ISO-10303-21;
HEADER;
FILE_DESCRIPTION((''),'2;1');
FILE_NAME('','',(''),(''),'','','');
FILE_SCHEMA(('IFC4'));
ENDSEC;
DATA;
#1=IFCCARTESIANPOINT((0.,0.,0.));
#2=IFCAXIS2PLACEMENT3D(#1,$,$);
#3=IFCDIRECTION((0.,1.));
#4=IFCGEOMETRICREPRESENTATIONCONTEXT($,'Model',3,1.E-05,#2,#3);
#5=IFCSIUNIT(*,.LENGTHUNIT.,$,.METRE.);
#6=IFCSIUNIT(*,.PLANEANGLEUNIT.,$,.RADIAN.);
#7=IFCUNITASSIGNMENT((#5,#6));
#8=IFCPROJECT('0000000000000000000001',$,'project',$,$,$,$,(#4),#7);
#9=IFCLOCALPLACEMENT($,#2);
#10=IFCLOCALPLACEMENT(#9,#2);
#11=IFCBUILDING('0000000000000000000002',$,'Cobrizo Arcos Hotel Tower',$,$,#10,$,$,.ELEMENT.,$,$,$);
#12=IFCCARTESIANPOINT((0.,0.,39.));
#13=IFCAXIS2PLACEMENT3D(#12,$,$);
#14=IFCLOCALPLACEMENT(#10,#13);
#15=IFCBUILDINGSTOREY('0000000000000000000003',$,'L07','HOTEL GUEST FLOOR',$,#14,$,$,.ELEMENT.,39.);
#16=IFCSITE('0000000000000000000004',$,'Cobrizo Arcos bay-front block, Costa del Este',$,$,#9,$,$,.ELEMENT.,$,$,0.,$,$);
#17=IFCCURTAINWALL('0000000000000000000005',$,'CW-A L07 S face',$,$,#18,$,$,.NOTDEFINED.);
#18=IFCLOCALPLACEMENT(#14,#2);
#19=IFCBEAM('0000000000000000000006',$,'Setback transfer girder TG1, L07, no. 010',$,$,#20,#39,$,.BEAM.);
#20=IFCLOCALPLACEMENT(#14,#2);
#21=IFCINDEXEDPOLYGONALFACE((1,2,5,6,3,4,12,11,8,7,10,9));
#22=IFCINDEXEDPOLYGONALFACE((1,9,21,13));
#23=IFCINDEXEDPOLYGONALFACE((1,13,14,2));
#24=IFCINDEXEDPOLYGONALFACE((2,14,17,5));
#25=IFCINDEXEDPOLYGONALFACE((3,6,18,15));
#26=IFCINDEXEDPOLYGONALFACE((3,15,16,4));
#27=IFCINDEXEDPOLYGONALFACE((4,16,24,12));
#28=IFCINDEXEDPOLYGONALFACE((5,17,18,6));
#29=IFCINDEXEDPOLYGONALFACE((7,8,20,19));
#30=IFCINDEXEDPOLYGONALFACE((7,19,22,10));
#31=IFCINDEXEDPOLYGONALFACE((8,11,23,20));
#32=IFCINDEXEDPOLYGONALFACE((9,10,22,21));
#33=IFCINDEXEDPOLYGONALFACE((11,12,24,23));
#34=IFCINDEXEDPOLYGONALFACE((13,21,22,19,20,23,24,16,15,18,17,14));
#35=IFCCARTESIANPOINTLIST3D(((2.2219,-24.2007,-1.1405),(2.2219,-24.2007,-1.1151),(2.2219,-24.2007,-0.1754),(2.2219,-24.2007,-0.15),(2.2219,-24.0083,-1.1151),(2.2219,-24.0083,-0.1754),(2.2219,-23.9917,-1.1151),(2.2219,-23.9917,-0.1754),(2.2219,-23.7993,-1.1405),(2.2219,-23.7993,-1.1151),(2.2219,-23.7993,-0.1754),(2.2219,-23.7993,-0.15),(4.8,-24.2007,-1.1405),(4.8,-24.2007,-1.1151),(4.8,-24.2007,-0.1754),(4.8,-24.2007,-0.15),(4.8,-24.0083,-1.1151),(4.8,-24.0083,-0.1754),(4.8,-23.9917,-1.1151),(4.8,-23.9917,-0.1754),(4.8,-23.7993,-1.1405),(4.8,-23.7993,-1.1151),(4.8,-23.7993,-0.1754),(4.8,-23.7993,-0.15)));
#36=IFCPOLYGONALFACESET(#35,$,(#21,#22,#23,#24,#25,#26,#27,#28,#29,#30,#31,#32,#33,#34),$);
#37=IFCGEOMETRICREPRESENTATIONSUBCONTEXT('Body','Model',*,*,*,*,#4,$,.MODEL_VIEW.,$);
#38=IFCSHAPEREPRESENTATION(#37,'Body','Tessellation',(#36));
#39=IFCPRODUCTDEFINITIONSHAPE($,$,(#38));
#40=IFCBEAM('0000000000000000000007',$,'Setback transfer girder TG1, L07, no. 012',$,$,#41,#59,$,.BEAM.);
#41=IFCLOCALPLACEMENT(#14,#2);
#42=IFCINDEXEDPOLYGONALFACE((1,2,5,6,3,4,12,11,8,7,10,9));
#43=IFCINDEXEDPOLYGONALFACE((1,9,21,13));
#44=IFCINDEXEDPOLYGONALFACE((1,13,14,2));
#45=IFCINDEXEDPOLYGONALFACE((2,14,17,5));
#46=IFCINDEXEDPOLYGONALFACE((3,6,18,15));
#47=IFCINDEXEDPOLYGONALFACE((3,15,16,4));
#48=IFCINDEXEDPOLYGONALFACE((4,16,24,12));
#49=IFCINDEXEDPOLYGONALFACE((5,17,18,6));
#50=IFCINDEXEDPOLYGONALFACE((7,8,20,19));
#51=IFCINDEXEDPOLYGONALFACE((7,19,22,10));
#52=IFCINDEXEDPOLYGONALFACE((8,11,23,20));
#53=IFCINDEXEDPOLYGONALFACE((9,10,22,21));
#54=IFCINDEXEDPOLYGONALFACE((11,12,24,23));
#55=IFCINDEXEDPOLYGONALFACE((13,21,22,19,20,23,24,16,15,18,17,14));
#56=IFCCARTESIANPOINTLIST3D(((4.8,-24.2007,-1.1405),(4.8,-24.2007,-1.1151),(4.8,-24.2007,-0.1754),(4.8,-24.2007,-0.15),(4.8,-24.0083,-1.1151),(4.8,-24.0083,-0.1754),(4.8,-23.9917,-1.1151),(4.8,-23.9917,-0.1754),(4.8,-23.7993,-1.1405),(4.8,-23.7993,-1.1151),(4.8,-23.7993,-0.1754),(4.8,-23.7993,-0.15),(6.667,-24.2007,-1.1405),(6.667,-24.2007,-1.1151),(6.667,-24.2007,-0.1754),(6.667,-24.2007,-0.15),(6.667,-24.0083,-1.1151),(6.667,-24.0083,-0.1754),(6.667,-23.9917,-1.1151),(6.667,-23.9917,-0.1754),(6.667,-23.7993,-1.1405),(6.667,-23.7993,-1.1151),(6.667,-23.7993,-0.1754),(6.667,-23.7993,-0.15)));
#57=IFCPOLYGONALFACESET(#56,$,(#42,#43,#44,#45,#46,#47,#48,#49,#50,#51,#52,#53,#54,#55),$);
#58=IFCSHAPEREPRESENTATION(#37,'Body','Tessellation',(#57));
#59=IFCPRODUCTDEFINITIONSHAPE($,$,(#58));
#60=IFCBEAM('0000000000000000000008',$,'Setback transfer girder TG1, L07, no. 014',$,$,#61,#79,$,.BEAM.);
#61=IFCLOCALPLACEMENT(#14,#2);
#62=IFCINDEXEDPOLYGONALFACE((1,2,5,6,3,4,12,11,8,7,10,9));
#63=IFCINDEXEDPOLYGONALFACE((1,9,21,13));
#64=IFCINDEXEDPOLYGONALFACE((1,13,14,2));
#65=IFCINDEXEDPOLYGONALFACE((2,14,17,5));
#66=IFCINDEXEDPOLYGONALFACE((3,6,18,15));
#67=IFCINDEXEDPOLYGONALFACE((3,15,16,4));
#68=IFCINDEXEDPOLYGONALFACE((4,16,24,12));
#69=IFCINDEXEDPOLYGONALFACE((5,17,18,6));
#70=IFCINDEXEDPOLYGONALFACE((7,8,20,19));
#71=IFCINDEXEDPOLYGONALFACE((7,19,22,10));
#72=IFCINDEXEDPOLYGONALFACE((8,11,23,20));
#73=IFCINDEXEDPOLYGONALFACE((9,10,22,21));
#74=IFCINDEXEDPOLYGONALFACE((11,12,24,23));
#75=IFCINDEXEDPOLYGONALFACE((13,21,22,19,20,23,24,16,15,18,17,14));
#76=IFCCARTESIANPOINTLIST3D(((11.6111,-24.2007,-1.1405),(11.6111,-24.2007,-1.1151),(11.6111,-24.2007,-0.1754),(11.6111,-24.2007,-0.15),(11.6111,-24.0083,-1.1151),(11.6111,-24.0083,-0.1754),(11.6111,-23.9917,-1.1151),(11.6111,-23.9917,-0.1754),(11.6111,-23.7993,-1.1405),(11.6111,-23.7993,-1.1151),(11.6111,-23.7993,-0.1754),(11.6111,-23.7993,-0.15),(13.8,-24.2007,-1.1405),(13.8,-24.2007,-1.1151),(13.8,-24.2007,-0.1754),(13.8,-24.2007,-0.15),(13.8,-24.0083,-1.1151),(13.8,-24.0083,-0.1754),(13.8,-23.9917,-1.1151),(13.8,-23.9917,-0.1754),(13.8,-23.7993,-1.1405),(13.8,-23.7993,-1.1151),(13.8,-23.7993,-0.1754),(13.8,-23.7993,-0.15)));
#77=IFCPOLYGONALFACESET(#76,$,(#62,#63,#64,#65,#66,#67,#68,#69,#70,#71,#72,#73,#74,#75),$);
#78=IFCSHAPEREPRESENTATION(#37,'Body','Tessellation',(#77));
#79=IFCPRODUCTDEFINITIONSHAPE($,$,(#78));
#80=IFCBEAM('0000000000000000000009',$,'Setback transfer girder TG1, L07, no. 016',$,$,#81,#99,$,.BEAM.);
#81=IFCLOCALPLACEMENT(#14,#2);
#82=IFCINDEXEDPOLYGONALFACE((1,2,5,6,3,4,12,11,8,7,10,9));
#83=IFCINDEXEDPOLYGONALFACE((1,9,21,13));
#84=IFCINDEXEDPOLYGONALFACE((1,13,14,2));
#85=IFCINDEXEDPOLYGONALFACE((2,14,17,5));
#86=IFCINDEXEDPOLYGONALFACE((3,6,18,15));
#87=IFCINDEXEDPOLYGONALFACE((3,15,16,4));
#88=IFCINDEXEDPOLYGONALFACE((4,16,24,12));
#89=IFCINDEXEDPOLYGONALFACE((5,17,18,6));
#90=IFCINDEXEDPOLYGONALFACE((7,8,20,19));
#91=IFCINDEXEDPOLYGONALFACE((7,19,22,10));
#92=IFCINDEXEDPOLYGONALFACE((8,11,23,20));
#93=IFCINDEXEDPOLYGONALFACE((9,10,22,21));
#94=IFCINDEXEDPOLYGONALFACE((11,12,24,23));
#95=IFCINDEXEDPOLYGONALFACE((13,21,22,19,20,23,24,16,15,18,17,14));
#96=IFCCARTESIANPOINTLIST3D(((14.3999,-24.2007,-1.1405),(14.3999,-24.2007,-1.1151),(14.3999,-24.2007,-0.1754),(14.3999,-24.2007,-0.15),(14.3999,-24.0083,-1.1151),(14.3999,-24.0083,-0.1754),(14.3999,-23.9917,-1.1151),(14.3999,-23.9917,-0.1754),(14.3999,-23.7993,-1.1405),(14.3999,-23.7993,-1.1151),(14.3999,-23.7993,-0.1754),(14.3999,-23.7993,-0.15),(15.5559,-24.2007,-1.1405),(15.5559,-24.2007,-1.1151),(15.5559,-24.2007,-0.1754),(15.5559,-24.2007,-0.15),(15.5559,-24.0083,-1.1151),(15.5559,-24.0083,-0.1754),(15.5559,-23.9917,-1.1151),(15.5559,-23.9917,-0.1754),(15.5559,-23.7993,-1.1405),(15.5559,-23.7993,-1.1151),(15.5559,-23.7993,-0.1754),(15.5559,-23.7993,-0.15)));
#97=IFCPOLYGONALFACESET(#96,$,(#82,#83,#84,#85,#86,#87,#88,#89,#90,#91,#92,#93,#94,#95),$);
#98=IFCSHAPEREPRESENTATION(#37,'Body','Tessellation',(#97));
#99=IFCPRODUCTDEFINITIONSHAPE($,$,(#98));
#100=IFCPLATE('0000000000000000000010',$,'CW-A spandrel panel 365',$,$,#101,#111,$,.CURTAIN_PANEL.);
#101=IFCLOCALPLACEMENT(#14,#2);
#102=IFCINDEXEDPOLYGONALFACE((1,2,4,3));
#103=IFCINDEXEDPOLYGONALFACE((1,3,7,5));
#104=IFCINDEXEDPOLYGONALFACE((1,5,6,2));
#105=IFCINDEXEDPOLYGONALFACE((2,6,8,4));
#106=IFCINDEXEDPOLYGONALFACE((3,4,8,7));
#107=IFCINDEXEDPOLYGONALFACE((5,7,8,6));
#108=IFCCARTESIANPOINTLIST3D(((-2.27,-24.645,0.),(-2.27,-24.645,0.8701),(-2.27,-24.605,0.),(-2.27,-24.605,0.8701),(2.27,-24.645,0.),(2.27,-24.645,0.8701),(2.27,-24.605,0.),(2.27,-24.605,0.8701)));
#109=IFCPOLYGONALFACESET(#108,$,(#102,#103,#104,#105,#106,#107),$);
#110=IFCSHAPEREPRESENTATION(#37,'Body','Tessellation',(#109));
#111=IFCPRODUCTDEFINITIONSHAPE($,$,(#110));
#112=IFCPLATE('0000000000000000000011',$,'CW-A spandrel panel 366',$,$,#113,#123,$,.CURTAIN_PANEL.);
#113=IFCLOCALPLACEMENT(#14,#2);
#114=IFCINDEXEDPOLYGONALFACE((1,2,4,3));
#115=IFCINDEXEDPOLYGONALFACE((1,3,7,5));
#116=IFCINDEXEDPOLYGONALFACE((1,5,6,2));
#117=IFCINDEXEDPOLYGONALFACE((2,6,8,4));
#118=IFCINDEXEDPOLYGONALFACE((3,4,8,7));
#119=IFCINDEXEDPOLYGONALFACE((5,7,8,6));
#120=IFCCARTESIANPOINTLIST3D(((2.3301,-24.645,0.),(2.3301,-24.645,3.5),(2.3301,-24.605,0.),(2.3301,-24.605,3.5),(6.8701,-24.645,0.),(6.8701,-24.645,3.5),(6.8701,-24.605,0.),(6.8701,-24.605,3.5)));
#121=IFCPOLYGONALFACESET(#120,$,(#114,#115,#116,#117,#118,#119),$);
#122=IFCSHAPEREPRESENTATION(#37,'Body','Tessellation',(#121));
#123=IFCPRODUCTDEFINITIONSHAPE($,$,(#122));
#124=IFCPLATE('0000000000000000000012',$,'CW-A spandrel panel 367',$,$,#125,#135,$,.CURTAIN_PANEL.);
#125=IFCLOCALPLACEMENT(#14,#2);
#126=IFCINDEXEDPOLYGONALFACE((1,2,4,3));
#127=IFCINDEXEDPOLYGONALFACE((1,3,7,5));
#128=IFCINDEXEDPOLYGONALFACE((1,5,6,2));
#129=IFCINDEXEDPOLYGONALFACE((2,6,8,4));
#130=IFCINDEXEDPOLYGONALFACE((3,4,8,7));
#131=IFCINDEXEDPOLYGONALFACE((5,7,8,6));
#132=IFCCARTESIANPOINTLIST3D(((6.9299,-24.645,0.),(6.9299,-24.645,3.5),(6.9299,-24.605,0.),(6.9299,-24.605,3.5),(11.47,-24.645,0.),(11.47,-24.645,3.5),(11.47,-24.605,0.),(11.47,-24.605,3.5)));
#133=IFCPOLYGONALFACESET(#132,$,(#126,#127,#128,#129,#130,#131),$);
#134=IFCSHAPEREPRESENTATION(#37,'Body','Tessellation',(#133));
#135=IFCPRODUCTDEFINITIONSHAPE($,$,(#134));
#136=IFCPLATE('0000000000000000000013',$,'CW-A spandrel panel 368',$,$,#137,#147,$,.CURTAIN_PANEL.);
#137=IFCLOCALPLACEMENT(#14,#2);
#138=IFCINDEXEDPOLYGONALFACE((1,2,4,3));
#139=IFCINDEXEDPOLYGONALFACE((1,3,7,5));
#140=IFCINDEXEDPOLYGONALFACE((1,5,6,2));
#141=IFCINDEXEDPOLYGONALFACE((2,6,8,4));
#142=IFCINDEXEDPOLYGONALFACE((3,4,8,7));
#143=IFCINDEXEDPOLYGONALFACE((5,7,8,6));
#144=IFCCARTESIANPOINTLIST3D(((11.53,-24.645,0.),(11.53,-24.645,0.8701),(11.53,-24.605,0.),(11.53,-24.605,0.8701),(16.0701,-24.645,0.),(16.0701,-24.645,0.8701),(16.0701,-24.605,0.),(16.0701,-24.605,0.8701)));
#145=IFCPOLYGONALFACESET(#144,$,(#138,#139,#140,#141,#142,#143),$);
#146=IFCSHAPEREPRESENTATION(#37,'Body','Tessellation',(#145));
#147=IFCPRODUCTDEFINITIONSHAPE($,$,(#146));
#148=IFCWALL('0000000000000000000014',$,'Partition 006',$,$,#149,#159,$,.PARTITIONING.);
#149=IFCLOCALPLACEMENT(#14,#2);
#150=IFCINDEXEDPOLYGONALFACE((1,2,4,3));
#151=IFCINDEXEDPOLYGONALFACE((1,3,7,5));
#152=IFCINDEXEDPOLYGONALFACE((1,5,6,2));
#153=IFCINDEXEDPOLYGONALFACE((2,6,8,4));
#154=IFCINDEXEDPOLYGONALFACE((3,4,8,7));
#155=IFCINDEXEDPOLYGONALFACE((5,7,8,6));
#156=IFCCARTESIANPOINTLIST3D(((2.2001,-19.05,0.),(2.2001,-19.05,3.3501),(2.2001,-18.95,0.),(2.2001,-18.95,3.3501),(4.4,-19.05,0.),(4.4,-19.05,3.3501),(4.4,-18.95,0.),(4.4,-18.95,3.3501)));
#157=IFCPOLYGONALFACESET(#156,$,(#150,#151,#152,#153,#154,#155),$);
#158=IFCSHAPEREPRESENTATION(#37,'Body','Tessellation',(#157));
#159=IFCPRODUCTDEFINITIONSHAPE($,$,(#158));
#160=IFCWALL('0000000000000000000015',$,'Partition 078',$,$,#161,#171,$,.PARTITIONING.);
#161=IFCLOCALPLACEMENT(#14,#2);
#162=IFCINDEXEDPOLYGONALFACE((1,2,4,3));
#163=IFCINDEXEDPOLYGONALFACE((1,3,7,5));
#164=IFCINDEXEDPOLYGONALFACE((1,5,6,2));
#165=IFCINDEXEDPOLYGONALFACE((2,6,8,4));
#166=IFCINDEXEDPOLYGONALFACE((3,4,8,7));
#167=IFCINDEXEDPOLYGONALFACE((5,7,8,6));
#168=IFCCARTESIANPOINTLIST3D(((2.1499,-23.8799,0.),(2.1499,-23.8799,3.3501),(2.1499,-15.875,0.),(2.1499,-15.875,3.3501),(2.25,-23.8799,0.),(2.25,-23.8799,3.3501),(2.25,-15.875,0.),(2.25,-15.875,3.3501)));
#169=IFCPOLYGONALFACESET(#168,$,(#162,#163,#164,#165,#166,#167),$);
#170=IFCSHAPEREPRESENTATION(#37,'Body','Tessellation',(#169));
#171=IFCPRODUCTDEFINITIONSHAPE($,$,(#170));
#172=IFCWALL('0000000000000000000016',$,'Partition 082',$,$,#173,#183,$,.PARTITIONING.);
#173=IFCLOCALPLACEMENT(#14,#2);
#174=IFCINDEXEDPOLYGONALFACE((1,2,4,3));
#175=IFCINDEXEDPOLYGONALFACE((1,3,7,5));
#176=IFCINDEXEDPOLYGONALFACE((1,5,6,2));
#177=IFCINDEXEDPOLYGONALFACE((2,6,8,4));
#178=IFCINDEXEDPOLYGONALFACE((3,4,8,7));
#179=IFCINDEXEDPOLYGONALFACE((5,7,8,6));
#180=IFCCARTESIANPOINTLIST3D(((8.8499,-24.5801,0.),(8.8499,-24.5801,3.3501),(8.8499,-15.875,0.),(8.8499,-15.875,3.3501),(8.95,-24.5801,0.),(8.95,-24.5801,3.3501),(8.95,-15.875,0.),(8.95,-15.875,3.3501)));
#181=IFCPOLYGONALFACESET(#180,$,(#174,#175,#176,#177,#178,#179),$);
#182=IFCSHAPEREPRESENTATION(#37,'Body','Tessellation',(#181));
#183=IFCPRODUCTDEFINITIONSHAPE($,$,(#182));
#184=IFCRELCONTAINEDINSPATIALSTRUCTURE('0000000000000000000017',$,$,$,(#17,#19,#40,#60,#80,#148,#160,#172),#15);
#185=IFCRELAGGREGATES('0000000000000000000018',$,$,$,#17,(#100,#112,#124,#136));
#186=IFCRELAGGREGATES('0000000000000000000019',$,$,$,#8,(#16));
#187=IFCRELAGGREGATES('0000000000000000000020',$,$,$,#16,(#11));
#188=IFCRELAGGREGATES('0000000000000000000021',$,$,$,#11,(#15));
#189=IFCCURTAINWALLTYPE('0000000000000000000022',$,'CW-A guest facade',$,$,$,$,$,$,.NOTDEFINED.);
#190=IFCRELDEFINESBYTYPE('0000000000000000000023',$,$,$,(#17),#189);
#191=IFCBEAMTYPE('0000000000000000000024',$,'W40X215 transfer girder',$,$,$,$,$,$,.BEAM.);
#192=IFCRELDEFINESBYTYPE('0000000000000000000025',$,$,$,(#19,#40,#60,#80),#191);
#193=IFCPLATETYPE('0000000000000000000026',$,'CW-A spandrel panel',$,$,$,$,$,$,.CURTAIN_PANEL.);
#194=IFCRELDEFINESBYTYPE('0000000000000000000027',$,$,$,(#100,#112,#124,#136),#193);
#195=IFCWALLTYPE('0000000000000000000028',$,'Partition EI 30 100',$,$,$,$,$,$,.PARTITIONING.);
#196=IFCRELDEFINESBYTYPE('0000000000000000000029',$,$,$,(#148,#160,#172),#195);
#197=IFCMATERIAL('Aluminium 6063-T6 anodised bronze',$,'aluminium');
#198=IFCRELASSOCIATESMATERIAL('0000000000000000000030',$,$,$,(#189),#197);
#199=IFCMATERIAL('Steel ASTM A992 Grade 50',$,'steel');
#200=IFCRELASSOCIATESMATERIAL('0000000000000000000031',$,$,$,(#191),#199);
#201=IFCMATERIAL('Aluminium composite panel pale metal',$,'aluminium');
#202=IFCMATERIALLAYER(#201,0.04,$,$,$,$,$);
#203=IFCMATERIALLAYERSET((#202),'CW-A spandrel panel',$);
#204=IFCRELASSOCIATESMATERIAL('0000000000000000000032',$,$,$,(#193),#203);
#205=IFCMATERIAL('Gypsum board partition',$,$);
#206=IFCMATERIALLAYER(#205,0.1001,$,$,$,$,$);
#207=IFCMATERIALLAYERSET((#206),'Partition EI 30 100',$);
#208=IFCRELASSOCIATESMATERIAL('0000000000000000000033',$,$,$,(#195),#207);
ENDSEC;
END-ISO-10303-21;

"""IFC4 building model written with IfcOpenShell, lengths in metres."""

from ifc_helpers import new_model, si_unit, direction, frame, frame_2d, origin, origin_2d, place, context, subcontext, project, spatial, rectangle, i_section, extrude, material, layer, layer_set, material_profile, profile_set, type_object, element, aggregate, save


model = new_model("IFC4")

# Units and contexts
model_context = context("Model", 3, precision=1e-05, world=origin(), true_north=direction((0.0, 1.0)))
body_context = subcontext(model_context, "Body", "Model", "MODEL_VIEW")
ifc_project = project(units=[si_unit("LENGTHUNIT", "METRE"), si_unit("PLANEANGLEUNIT", "RADIAN")], contexts=[model_context])

# Site, building, storey
site_placement = place(None, origin())
site = spatial("IfcSite", under=ifc_project, at=site_placement, Name="Cobrizo Arcos bay-front block, Costa del Este", CompositionType="ELEMENT", RefElevation=0.0)
building_placement = place(site_placement, origin())
building = spatial("IfcBuilding", under=site, at=building_placement, Name="Cobrizo Arcos Hotel Tower", CompositionType="ELEMENT")
storey_placement = place(building_placement, frame((0.0, 0.0, 39.0)))
storey = spatial("IfcBuildingStorey", under=building, at=storey_placement, Name="L07", Description="HOTEL GUEST FLOOR", CompositionType="ELEMENT", Elevation=39.0)

# Shared definitions
ifc_material_1 = material(Name="Steel ASTM A992 Grade 50", Category="steel")

# Curtain wall
ifc_material_2 = material(Name="Aluminium 6063-T6 anodised bronze", Category="aluminium")
curtain_wall_type = type_object("IfcCurtainWallType", Name="CW-A guest facade", PredefinedType="NOTDEFINED", material=ifc_material_2)
curtain_wall_placement = place(storey_placement, origin())
curtain_wall = element("IfcCurtainWall", 1, at=curtain_wall_placement, inside=storey, type_object=curtain_wall_type, Name="CW-A L07 S face", PredefinedType="NOTDEFINED")

# Beams
ifc_material_profile_1 = material_profile(ifc_material_1, i_section(OverallWidth=0.4014, OverallDepth=0.9905, WebThickness=0.0166, FlangeThickness=0.0254, at=origin_2d()), Name="W40X215")
ifc_profile_set_1 = profile_set([ifc_material_profile_1], Name="Steel ASTM A992 Grade 50")
beam_type_1 = type_object("IfcBeamType", Name="W40X215 transfer girder", PredefinedType="BEAM", material=ifc_profile_set_1)
beam_1_placement = place(storey_placement, frame((4.8, -24.0, -0.6453), z_axis=(-1.0, 0.0, 0.0), x_axis=(0.0, -1.0, 0.0)))
element("IfcBeam", 2, at=beam_1_placement, inside=storey, type_object=beam_type_1, Name="Setback transfer girder TG1, L07, no. 010", PredefinedType="BEAM", context=body_context, shape_type="SweptSolid", body=[
    extrude(i_section(OverallWidth=0.4014, OverallDepth=0.9905, WebThickness=0.0166, FlangeThickness=0.0254, at=origin_2d()), origin(), (0.0, 0.0, 1.0), 2.5781),
])
beam_2_placement = place(storey_placement, frame((4.8, -24.0, -0.6453), z_axis=(1.0, 0.0, 0.0), x_axis=(0.0, 1.0, 0.0)))
element("IfcBeam", 3, at=beam_2_placement, inside=storey, type_object=beam_type_1, Name="Setback transfer girder TG1, L07, no. 012", PredefinedType="BEAM", context=body_context, shape_type="SweptSolid", body=[
    extrude(i_section(OverallWidth=0.4014, OverallDepth=0.9905, WebThickness=0.0166, FlangeThickness=0.0254, at=origin_2d()), origin(), (0.0, 0.0, 1.0), 1.8669),
])
beam_3_placement = place(storey_placement, frame((13.8, -24.0, -0.6453), z_axis=(-1.0, 0.0, 0.0), x_axis=(0.0, -1.0, 0.0)))
element("IfcBeam", 4, at=beam_3_placement, inside=storey, type_object=beam_type_1, Name="Setback transfer girder TG1, L07, no. 014", PredefinedType="BEAM", context=body_context, shape_type="SweptSolid", body=[
    extrude(i_section(OverallWidth=0.4014, OverallDepth=0.9905, WebThickness=0.0166, FlangeThickness=0.0254, at=origin_2d()), origin(), (0.0, 0.0, 1.0), 2.189),
])
beam_4_placement = place(storey_placement, frame((14.3999, -24.0, -0.6453), z_axis=(1.0, 0.0, 0.0), x_axis=(0.0, 1.0, 0.0)))
element("IfcBeam", 5, at=beam_4_placement, inside=storey, type_object=beam_type_1, Name="Setback transfer girder TG1, L07, no. 016", PredefinedType="BEAM", context=body_context, shape_type="SweptSolid", body=[
    extrude(i_section(OverallWidth=0.4014, OverallDepth=0.9905, WebThickness=0.0166, FlangeThickness=0.0254, at=origin_2d()), origin(), (0.0, 0.0, 1.0), 1.156),
])

# Plates
ifc_material_3 = material(Name="Aluminium composite panel pale metal", Category="aluminium")
ifc_layer_1 = layer(ifc_material_3, 0.04)
ifc_layer_set_1 = layer_set([ifc_layer_1], Name="CW-A spandrel panel")
plate_type = type_object("IfcPlateType", Name="CW-A spandrel panel", PredefinedType="CURTAIN_PANEL", material=ifc_layer_set_1)
plate_1_placement = place(storey_placement, frame((0.0, -24.625, 0.0), z_axis=(0.0, 0.0, 1.0), x_axis=(1.0, 0.0, 0.0)))
plate_1 = element("IfcPlate", 6, at=plate_1_placement, type_object=plate_type, Name="CW-A spandrel panel 365", PredefinedType="CURTAIN_PANEL", context=body_context, shape_type="SweptSolid", body=[
    extrude(rectangle(XDim=4.54, YDim=0.04, at=origin_2d()), origin(), (0.0, 0.0, 1.0), 0.8701),
])
plate_2_placement = place(storey_placement, frame((4.6001, -24.625, 0.0), z_axis=(0.0, 0.0, 1.0), x_axis=(1.0, 0.0, 0.0)))
plate_2 = element("IfcPlate", 7, at=plate_2_placement, type_object=plate_type, Name="CW-A spandrel panel 366", PredefinedType="CURTAIN_PANEL", context=body_context, shape_type="SweptSolid", body=[
    extrude(rectangle(XDim=4.54, YDim=0.04, at=origin_2d()), origin(), (0.0, 0.0, 1.0), 3.5),
])
plate_3_placement = place(storey_placement, frame((9.2, -24.625, 0.0), z_axis=(0.0, 0.0, 1.0), x_axis=(1.0, 0.0, 0.0)))
plate_3 = element("IfcPlate", 8, at=plate_3_placement, type_object=plate_type, Name="CW-A spandrel panel 367", PredefinedType="CURTAIN_PANEL", context=body_context, shape_type="SweptSolid", body=[
    extrude(rectangle(XDim=4.54, YDim=0.04, at=origin_2d()), origin(), (0.0, 0.0, 1.0), 3.5),
])
plate_4_placement = place(storey_placement, frame((13.8, -24.625, 0.0), z_axis=(0.0, 0.0, 1.0), x_axis=(1.0, 0.0, 0.0)))
plate_4 = element("IfcPlate", 9, at=plate_4_placement, type_object=plate_type, Name="CW-A spandrel panel 368", PredefinedType="CURTAIN_PANEL", context=body_context, shape_type="SweptSolid", body=[
    extrude(rectangle(XDim=4.54, YDim=0.04, at=origin_2d()), origin(), (0.0, 0.0, 1.0), 0.8701),
])
aggregate(curtain_wall, [plate_1, plate_2, plate_3, plate_4])

# Walls
ifc_material_4 = material(Name="Gypsum board partition")
ifc_layer_2 = layer(ifc_material_4, 0.1001)
ifc_layer_set_2 = layer_set([ifc_layer_2], Name="Partition EI 30 100")
wall_type = type_object("IfcWallType", Name="Partition EI 30 100", PredefinedType="PARTITIONING", material=ifc_layer_set_2)
wall_1_placement = place(storey_placement, frame((2.2, -19.0, 0.0), z_axis=(0.0, 0.0, 1.0), x_axis=(1.0, 0.0, 0.0)))
element("IfcWall", 10, at=wall_1_placement, inside=storey, type_object=wall_type, Name="Partition 006", PredefinedType="PARTITIONING", context=body_context, shape_type="SweptSolid", body=[
    extrude(rectangle(XDim=2.2, YDim=0.1001, at=frame_2d((1.1001, 0.0))), origin(), (0.0, 0.0, 1.0), 3.3501),
])
wall_2_placement = place(storey_placement, frame((2.2, -23.8799, 0.0), z_axis=(0.0, 0.0, 1.0), x_axis=(0.0, 1.0, 0.0)))
element("IfcWall", 11, at=wall_2_placement, inside=storey, type_object=wall_type, Name="Partition 078", PredefinedType="PARTITIONING", context=body_context, shape_type="SweptSolid", body=[
    extrude(rectangle(XDim=8.0049, YDim=0.1001, at=frame_2d((4.0024, 0.0))), origin(), (0.0, 0.0, 1.0), 3.3501),
])
wall_3_placement = place(storey_placement, frame((8.8999, -24.5801, 0.0), z_axis=(0.0, 0.0, 1.0), x_axis=(0.0, 1.0, 0.0)))
element("IfcWall", 12, at=wall_3_placement, inside=storey, type_object=wall_type, Name="Partition 082", PredefinedType="PARTITIONING", context=body_context, shape_type="SweptSolid", body=[
    extrude(rectangle(XDim=8.7051, YDim=0.1001, at=frame_2d((4.3525, 0.0))), origin(), (0.0, 0.0, 1.0), 3.3501),
])

save(model, "model.ifc")
